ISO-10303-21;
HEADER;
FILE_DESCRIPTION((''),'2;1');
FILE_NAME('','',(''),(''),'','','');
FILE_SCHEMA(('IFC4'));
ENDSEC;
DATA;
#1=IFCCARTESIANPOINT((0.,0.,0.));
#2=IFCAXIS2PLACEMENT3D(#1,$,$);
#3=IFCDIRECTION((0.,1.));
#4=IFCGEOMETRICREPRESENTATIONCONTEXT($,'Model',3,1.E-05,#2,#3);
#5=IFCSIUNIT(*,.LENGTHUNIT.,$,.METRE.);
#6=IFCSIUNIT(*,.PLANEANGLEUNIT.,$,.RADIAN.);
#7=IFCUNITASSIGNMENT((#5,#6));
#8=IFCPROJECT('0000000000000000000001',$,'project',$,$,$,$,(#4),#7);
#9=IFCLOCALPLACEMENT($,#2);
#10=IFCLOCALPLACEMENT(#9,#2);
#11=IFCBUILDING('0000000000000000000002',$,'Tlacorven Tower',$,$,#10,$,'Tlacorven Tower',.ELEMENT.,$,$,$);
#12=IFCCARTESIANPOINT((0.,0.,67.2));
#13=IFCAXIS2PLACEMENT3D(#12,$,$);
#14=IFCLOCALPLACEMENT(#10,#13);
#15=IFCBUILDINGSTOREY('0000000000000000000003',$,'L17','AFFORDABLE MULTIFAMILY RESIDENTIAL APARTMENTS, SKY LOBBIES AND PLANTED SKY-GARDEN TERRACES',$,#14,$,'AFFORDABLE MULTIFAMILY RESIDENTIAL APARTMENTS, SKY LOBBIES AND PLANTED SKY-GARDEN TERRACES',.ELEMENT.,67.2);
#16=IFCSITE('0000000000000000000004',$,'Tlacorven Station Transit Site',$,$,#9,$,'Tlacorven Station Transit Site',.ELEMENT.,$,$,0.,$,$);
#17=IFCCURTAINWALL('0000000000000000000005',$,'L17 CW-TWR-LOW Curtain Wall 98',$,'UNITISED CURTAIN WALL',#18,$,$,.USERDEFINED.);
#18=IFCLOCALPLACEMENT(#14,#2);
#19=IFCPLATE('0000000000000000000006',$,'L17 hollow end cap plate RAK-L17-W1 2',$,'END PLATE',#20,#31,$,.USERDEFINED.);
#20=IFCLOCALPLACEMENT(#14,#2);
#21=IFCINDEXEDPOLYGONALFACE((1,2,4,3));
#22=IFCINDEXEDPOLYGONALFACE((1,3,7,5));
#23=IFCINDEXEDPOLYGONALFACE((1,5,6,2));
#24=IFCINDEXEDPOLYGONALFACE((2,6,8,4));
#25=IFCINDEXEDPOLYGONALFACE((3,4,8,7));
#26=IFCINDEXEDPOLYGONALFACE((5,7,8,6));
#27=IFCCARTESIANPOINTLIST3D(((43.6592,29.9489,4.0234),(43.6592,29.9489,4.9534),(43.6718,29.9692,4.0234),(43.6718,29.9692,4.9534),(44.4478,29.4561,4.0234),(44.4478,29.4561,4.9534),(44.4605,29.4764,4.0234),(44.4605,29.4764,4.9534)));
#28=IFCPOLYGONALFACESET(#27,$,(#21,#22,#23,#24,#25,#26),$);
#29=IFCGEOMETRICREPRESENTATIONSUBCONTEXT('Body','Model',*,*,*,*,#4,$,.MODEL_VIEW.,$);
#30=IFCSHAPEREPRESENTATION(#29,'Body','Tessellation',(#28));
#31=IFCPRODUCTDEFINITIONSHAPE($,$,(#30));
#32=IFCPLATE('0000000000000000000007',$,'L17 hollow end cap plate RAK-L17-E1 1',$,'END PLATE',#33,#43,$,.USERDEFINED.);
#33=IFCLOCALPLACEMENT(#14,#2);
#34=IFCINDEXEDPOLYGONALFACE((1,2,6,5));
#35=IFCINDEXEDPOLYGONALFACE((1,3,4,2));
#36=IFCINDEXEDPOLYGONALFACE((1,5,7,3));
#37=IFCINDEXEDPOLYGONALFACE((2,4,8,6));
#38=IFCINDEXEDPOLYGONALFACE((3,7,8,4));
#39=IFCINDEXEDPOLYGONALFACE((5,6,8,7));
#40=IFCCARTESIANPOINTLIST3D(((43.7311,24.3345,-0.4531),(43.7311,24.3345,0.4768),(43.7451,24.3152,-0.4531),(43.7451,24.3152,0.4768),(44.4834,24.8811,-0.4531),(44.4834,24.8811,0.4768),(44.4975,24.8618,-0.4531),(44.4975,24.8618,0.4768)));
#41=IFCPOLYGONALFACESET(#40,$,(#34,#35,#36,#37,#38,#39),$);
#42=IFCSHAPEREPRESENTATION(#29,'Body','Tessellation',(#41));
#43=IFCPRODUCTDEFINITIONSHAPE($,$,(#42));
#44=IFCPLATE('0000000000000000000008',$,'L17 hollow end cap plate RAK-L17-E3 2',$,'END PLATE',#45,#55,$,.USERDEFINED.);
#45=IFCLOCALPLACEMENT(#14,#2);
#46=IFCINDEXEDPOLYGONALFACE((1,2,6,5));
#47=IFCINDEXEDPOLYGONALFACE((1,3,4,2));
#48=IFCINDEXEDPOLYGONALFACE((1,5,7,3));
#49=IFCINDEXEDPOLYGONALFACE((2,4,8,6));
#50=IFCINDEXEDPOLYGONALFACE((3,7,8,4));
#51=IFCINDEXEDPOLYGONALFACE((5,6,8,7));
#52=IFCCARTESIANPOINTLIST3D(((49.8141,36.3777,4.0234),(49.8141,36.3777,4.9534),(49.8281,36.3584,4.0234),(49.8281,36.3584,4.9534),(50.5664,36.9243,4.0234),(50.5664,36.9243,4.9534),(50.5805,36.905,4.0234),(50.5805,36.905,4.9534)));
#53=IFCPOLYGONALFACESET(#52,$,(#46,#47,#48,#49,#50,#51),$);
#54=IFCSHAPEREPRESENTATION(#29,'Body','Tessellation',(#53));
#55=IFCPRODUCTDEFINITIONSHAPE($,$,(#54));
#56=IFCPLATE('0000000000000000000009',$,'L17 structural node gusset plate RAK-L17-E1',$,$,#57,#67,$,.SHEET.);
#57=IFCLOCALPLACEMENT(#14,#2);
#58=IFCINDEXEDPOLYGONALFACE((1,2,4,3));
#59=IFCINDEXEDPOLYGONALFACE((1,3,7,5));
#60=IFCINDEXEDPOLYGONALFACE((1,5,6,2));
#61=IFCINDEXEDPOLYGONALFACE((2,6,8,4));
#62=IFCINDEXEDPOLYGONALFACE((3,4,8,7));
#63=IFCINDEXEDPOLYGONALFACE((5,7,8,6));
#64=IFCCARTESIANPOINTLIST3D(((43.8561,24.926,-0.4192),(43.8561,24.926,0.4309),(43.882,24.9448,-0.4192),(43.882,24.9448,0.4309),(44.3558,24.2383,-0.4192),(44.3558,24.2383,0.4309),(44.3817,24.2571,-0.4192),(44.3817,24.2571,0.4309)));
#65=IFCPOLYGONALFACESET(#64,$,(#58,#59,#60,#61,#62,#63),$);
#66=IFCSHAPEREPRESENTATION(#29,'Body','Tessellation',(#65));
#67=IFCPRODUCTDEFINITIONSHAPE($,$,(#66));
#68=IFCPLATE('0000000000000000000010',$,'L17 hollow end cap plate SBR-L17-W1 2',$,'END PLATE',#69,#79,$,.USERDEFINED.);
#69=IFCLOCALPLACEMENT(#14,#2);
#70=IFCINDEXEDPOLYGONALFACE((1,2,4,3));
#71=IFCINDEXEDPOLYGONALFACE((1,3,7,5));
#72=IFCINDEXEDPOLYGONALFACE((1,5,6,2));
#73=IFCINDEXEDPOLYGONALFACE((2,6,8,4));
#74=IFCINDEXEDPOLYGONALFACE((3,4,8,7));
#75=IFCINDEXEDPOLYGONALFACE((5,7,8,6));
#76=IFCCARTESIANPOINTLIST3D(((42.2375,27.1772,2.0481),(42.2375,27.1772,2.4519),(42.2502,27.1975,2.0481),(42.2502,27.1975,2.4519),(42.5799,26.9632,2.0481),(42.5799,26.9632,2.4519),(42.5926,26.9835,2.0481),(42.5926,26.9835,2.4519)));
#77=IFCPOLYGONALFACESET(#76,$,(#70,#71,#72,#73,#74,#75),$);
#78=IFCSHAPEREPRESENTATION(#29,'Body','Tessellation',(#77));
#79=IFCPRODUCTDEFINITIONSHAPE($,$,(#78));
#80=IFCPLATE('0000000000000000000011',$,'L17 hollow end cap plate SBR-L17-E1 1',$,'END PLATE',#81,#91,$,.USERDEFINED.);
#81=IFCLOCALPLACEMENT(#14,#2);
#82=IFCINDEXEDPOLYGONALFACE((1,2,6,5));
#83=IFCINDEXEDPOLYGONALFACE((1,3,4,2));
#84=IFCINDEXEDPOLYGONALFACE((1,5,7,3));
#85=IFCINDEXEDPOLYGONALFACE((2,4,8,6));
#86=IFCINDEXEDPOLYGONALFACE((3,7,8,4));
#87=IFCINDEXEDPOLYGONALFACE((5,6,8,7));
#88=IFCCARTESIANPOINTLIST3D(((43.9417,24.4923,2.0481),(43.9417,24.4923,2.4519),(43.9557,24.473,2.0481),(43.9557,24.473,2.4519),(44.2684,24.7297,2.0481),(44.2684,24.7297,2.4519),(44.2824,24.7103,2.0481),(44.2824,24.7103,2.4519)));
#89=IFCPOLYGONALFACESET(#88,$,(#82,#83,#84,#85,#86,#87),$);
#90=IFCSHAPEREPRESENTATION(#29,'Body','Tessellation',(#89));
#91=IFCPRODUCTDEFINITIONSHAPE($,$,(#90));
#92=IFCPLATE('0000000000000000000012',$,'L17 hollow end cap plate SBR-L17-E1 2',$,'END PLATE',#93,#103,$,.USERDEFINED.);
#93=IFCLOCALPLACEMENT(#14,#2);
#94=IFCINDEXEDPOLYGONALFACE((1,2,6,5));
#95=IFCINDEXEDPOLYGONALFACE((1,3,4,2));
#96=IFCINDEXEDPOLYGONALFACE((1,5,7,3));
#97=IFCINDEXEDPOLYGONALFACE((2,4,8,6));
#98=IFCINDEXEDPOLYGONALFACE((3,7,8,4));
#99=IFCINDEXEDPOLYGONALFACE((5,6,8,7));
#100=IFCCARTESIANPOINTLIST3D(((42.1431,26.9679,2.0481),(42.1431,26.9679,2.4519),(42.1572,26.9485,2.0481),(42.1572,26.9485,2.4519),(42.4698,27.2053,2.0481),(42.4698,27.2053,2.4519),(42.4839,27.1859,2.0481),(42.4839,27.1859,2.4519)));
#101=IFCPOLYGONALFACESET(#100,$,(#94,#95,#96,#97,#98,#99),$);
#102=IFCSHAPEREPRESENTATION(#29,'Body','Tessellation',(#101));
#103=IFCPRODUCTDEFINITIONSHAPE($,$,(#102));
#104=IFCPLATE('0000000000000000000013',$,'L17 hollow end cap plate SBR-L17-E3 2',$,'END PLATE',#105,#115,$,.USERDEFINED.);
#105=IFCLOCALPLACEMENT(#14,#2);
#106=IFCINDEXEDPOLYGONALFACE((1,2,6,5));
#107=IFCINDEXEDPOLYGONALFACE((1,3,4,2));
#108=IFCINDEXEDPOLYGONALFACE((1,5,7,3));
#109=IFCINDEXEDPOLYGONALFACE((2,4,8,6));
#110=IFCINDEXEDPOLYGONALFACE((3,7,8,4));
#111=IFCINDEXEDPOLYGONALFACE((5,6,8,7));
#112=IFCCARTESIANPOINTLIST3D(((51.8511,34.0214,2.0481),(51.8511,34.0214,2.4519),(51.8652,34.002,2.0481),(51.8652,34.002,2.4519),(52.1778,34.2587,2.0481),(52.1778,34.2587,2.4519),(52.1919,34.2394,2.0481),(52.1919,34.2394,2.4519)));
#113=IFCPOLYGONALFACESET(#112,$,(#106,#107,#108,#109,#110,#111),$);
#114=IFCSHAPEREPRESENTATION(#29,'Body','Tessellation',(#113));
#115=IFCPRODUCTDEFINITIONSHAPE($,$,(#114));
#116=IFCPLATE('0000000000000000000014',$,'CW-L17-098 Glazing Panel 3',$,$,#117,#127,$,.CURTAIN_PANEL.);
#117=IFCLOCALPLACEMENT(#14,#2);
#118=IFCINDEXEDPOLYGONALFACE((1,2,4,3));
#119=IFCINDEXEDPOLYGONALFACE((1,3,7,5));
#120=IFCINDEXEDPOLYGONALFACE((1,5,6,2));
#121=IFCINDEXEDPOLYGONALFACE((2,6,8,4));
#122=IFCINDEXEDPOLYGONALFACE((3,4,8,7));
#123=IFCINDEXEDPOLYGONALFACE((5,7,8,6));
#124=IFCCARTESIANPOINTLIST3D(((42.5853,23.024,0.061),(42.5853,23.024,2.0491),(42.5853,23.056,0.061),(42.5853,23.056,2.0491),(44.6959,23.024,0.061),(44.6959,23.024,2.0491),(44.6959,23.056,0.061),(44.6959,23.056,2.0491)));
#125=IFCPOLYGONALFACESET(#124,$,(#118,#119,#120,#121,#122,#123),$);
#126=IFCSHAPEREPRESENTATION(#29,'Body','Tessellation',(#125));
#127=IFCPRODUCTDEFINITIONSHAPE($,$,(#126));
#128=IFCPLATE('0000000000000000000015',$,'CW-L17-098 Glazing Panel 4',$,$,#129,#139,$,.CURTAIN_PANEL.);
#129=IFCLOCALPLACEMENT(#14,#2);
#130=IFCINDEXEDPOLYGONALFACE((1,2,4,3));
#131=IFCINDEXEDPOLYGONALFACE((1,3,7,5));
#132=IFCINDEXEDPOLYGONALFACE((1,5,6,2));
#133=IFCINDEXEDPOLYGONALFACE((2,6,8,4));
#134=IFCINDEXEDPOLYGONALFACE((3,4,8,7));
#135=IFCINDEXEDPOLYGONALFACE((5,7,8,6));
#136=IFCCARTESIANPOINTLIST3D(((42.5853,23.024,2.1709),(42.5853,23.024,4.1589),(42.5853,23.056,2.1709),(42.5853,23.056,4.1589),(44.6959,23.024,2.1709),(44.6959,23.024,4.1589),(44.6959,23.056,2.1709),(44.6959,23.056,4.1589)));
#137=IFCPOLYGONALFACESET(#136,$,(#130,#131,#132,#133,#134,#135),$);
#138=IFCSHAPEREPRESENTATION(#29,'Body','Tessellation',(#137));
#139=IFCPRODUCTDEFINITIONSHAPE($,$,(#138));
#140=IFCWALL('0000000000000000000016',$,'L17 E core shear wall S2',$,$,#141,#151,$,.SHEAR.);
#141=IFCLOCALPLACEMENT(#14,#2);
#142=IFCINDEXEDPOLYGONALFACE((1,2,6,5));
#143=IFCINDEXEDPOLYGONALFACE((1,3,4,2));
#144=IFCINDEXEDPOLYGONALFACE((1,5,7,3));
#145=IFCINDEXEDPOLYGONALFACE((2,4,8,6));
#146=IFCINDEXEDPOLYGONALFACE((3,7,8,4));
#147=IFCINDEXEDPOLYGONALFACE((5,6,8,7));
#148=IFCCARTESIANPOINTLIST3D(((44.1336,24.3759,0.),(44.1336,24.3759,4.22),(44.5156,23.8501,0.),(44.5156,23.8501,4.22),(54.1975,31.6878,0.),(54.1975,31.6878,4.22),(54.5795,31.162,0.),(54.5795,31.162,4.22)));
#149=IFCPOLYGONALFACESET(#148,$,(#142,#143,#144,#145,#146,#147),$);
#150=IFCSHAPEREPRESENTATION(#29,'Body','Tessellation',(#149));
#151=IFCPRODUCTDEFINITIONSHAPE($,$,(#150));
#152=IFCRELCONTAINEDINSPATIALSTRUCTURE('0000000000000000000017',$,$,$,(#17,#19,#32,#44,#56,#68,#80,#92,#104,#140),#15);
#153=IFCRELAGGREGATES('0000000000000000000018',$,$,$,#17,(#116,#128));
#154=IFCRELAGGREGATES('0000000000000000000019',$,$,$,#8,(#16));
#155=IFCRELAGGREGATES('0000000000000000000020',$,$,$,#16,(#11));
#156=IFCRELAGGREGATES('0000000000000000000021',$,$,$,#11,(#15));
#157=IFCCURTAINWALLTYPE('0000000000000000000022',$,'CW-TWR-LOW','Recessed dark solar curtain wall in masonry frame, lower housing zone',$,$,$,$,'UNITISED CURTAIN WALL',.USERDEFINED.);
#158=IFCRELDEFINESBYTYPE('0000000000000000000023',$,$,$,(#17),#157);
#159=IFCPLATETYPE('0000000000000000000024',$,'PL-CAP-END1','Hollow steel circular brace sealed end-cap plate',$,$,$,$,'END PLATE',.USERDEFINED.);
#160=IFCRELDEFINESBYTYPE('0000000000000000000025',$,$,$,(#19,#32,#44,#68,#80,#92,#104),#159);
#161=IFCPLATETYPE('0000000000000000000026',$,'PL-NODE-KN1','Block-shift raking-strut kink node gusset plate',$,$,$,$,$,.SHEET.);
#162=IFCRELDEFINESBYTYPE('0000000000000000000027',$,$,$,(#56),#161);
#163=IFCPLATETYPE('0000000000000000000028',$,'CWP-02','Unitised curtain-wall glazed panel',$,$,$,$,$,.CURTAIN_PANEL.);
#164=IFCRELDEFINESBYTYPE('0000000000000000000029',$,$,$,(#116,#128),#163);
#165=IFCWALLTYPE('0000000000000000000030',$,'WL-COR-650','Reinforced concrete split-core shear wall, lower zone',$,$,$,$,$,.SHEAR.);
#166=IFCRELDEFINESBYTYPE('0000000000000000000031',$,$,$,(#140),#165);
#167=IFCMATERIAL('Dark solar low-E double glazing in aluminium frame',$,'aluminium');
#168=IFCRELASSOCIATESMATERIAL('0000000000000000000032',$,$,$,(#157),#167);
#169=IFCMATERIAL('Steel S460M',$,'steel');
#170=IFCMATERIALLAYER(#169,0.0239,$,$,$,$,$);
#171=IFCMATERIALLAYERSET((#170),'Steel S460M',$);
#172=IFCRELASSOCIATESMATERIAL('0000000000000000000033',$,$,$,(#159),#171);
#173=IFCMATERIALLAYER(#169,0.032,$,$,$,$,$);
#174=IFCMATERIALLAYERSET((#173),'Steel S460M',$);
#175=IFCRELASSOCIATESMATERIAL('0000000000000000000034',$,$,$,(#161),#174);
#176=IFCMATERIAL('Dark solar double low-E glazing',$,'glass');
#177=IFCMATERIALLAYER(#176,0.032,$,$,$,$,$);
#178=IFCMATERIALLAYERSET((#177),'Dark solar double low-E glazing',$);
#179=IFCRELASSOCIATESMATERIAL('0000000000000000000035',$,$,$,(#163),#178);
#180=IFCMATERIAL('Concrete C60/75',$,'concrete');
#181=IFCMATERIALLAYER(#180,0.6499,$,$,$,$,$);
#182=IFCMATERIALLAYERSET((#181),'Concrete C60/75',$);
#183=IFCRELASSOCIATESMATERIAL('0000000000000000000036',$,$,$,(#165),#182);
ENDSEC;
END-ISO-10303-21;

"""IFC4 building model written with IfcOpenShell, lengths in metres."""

from ifc_helpers import new_model, si_unit, direction, frame, frame_2d, origin, origin_2d, place, context, subcontext, project, spatial, rectangle, extrude, source, transform, mapped, material, layer, layer_set, type_object, element, aggregate, save


model = new_model("IFC4")

# Units and contexts
model_context = context("Model", 3, precision=1e-05, world=origin(), true_north=direction((0.0, 1.0)))
body_context = subcontext(model_context, "Body", "Model", "MODEL_VIEW")
ifc_project = project(units=[si_unit("LENGTHUNIT", "METRE"), si_unit("PLANEANGLEUNIT", "RADIAN")], contexts=[model_context])

# Site, building, storey
site_placement = place(None, origin())
site = spatial("IfcSite", under=ifc_project, at=site_placement, Name="Tlacorven Station Transit Site", LongName="Tlacorven Station Transit Site", CompositionType="ELEMENT", RefElevation=0.0)
building_placement = place(site_placement, origin())
building = spatial("IfcBuilding", under=site, at=building_placement, Name="Tlacorven Tower", LongName="Tlacorven Tower", CompositionType="ELEMENT")
storey_placement = place(building_placement, frame((0.0, 0.0, 67.2)))
storey = spatial("IfcBuildingStorey", under=building, at=storey_placement, Name="L17", Description="AFFORDABLE MULTIFAMILY RESIDENTIAL APARTMENTS, SKY LOBBIES AND PLANTED SKY-GARDEN TERRACES", LongName="AFFORDABLE MULTIFAMILY RESIDENTIAL APARTMENTS, SKY LOBBIES AND PLANTED SKY-GARDEN TERRACES", CompositionType="ELEMENT", Elevation=67.2)

# Shared definitions
ifc_material_1 = material(Name="Steel S460M", Category="steel")

# Curtain wall
ifc_material_2 = material(Name="Dark solar low-E double glazing in aluminium frame", Category="aluminium")
curtain_wall_type = type_object("IfcCurtainWallType", Name="CW-TWR-LOW", Description="Recessed dark solar curtain wall in masonry frame, lower housing zone", ElementType="UNITISED CURTAIN WALL", PredefinedType="USERDEFINED", material=ifc_material_2)
curtain_wall_placement = place(storey_placement, origin())
curtain_wall = element("IfcCurtainWall", 1, at=curtain_wall_placement, inside=storey, type_object=curtain_wall_type, Name="L17 CW-TWR-LOW Curtain Wall 98", ObjectType="UNITISED CURTAIN WALL", PredefinedType="USERDEFINED")

# Plates
ifc_layer_1 = layer(ifc_material_1, 0.0239)
ifc_layer_set_1 = layer_set([ifc_layer_1], Name="Steel S460M")
plate_type_1 = type_object("IfcPlateType", Name="PL-CAP-END1", Description="Hollow steel circular brace sealed end-cap plate", ElementType="END PLATE", PredefinedType="USERDEFINED", material=ifc_layer_set_1)
shared_shape_1 = source(origin(), body_context, "Body", "SweptSolid", [
    extrude(rectangle(XDim=0.0239, YDim=0.9299, at=origin_2d()), origin(), (0.0, 0.0, 1.0), 0.9299),
])
for number, where, z_axis, x_axis, name in (
    (2, (44.0598, 29.7126, 4.0234), (0.0, 0.0, 1.0), (0.529919, 0.848048, 0.0), "L17 hollow end cap plate RAK-L17-W1 2"),
    (3, (44.1143, 24.5981, -0.4531), (0.0, 0.0, 1.0), (-0.587785, 0.809017, 0.0), "L17 hollow end cap plate RAK-L17-E1 1"),
    (4, (50.1973, 36.6414, 4.0234), (0.0, 0.0, 1.0), (-0.587785, 0.809017, 0.0), "L17 hollow end cap plate RAK-L17-E3 2"),
):
    element("IfcPlate", number, at=place(storey_placement, frame(where, z_axis=z_axis, x_axis=x_axis)), inside=storey, type_object=plate_type_1, Name=name, ObjectType="END PLATE", PredefinedType="USERDEFINED", context=body_context, shape_type="MappedRepresentation", body=[
        mapped(shared_shape_1, transform((0.0, 0.0, 0.0), scale=1.0)),
    ])
ifc_layer_2 = layer(ifc_material_1, 0.032)
ifc_layer_set_2 = layer_set([ifc_layer_2], Name="Steel S460M")
plate_type_2 = type_object("IfcPlateType", Name="PL-NODE-KN1", Description="Block-shift raking-strut kink node gusset plate", PredefinedType="SHEET", material=ifc_layer_set_2)
shared_shape_2 = source(origin(), body_context, "Body", "SweptSolid", [
    extrude(rectangle(XDim=0.8501, YDim=0.032, at=origin_2d()), origin(), (0.0, 0.0, 1.0), 0.8501),
])
plate_1_placement = place(storey_placement, frame((44.1189, 24.5916, -0.4192), z_axis=(0.0, 0.0, 1.0), x_axis=(-0.587785, 0.809017, 0.0)))
element("IfcPlate", 5, at=plate_1_placement, inside=storey, type_object=plate_type_2, Name="L17 structural node gusset plate RAK-L17-E1", PredefinedType="SHEET", context=body_context, shape_type="MappedRepresentation", body=[
    mapped(shared_shape_2, transform((0.0, 0.0, 0.0), scale=1.0)),
])
shared_shape_3 = source(origin(), body_context, "Body", "SweptSolid", [
    extrude(rectangle(XDim=0.0239, YDim=0.4038, at=origin_2d()), origin(), (0.0, 0.0, 1.0), 0.4038),
])
for number, where, z_axis, x_axis, name in (
    (6, (42.415, 27.0803, 2.0481), (0.0, 0.0, 1.0), (0.52992, 0.848047, 0.0), "L17 hollow end cap plate SBR-L17-W1 2"),
    (7, (44.1121, 24.6013, 2.0481), (0.0, 0.0, 1.0), (-0.587785, 0.809017, 0.0), "L17 hollow end cap plate SBR-L17-E1 1"),
    (8, (42.3135, 27.0769, 2.0481), (0.0, 0.0, 1.0), (-0.587785, 0.809017, 0.0), "L17 hollow end cap plate SBR-L17-E1 2"),
    (9, (52.0215, 34.1304, 2.0481), (0.0, 0.0, 1.0), (-0.587784, 0.809018, 0.0), "L17 hollow end cap plate SBR-L17-E3 2"),
):
    element("IfcPlate", number, at=place(storey_placement, frame(where, z_axis=z_axis, x_axis=x_axis)), inside=storey, type_object=plate_type_1, Name=name, ObjectType="END PLATE", PredefinedType="USERDEFINED", context=body_context, shape_type="MappedRepresentation", body=[
        mapped(shared_shape_3, transform((0.0, 0.0, 0.0), scale=1.0)),
    ])

# Plates
ifc_material_3 = material(Name="Dark solar double low-E glazing", Category="glass")
ifc_layer_3 = layer(ifc_material_3, 0.032)
ifc_layer_set_3 = layer_set([ifc_layer_3], Name="Dark solar double low-E glazing")
plate_type_3 = type_object("IfcPlateType", Name="CWP-02", Description="Unitised curtain-wall glazed panel", PredefinedType="CURTAIN_PANEL", material=ifc_layer_set_3)
shared_shape_4 = source(origin(), body_context, "Body", "SweptSolid", [
    extrude(rectangle(XDim=2.1106, YDim=0.032, at=origin_2d()), origin(), (0.0, 0.0, 1.0), 1.988),
])
plate_2_placement = place(storey_placement, frame((43.6406, 23.04, 0.061), z_axis=(0.0, 0.0, 1.0), x_axis=(1.0, 0.0, 0.0)))
plate_2 = element("IfcPlate", 10, at=plate_2_placement, type_object=plate_type_3, Name="CW-L17-098 Glazing Panel 3", PredefinedType="CURTAIN_PANEL", context=body_context, shape_type="MappedRepresentation", body=[
    mapped(shared_shape_4, transform((0.0, 0.0, 0.0), scale=1.0)),
])
plate_3_placement = place(storey_placement, frame((43.6406, 23.04, 2.1709), z_axis=(0.0, 0.0, 1.0), x_axis=(1.0, 0.0, 0.0)))
plate_3 = element("IfcPlate", 11, at=plate_3_placement, type_object=plate_type_3, Name="CW-L17-098 Glazing Panel 4", PredefinedType="CURTAIN_PANEL", context=body_context, shape_type="MappedRepresentation", body=[
    mapped(shared_shape_4, transform((0.0, 0.0, 0.0), scale=1.0)),
])
aggregate(curtain_wall, [plate_2, plate_3])

# Wall
ifc_material_4 = material(Name="Concrete C60/75", Category="concrete")
ifc_layer_4 = layer(ifc_material_4, 0.6499)
ifc_layer_set_4 = layer_set([ifc_layer_4], Name="Concrete C60/75")
wall_type_1 = type_object("IfcWallType", Name="WL-COR-650", Description="Reinforced concrete split-core shear wall, lower zone", PredefinedType="SHEAR", material=ifc_layer_set_4)
wall_1_placement = place(storey_placement, frame((44.3247, 24.113, 0.0), z_axis=(0.0, 0.0, 1.0), x_axis=(0.809013, 0.587791, 0.0)))
element("IfcWall", 12, at=wall_1_placement, inside=storey, type_object=wall_type_1, Name="L17 E core shear wall S2", PredefinedType="SHEAR", context=body_context, shape_type="SweptSolid", body=[
    extrude(rectangle(XDim=12.4397, YDim=0.6499, at=frame_2d((6.2197, 0.0))), origin(), (0.0, 0.0, 1.0), 4.22),
])

save(model, "model.ifc")
